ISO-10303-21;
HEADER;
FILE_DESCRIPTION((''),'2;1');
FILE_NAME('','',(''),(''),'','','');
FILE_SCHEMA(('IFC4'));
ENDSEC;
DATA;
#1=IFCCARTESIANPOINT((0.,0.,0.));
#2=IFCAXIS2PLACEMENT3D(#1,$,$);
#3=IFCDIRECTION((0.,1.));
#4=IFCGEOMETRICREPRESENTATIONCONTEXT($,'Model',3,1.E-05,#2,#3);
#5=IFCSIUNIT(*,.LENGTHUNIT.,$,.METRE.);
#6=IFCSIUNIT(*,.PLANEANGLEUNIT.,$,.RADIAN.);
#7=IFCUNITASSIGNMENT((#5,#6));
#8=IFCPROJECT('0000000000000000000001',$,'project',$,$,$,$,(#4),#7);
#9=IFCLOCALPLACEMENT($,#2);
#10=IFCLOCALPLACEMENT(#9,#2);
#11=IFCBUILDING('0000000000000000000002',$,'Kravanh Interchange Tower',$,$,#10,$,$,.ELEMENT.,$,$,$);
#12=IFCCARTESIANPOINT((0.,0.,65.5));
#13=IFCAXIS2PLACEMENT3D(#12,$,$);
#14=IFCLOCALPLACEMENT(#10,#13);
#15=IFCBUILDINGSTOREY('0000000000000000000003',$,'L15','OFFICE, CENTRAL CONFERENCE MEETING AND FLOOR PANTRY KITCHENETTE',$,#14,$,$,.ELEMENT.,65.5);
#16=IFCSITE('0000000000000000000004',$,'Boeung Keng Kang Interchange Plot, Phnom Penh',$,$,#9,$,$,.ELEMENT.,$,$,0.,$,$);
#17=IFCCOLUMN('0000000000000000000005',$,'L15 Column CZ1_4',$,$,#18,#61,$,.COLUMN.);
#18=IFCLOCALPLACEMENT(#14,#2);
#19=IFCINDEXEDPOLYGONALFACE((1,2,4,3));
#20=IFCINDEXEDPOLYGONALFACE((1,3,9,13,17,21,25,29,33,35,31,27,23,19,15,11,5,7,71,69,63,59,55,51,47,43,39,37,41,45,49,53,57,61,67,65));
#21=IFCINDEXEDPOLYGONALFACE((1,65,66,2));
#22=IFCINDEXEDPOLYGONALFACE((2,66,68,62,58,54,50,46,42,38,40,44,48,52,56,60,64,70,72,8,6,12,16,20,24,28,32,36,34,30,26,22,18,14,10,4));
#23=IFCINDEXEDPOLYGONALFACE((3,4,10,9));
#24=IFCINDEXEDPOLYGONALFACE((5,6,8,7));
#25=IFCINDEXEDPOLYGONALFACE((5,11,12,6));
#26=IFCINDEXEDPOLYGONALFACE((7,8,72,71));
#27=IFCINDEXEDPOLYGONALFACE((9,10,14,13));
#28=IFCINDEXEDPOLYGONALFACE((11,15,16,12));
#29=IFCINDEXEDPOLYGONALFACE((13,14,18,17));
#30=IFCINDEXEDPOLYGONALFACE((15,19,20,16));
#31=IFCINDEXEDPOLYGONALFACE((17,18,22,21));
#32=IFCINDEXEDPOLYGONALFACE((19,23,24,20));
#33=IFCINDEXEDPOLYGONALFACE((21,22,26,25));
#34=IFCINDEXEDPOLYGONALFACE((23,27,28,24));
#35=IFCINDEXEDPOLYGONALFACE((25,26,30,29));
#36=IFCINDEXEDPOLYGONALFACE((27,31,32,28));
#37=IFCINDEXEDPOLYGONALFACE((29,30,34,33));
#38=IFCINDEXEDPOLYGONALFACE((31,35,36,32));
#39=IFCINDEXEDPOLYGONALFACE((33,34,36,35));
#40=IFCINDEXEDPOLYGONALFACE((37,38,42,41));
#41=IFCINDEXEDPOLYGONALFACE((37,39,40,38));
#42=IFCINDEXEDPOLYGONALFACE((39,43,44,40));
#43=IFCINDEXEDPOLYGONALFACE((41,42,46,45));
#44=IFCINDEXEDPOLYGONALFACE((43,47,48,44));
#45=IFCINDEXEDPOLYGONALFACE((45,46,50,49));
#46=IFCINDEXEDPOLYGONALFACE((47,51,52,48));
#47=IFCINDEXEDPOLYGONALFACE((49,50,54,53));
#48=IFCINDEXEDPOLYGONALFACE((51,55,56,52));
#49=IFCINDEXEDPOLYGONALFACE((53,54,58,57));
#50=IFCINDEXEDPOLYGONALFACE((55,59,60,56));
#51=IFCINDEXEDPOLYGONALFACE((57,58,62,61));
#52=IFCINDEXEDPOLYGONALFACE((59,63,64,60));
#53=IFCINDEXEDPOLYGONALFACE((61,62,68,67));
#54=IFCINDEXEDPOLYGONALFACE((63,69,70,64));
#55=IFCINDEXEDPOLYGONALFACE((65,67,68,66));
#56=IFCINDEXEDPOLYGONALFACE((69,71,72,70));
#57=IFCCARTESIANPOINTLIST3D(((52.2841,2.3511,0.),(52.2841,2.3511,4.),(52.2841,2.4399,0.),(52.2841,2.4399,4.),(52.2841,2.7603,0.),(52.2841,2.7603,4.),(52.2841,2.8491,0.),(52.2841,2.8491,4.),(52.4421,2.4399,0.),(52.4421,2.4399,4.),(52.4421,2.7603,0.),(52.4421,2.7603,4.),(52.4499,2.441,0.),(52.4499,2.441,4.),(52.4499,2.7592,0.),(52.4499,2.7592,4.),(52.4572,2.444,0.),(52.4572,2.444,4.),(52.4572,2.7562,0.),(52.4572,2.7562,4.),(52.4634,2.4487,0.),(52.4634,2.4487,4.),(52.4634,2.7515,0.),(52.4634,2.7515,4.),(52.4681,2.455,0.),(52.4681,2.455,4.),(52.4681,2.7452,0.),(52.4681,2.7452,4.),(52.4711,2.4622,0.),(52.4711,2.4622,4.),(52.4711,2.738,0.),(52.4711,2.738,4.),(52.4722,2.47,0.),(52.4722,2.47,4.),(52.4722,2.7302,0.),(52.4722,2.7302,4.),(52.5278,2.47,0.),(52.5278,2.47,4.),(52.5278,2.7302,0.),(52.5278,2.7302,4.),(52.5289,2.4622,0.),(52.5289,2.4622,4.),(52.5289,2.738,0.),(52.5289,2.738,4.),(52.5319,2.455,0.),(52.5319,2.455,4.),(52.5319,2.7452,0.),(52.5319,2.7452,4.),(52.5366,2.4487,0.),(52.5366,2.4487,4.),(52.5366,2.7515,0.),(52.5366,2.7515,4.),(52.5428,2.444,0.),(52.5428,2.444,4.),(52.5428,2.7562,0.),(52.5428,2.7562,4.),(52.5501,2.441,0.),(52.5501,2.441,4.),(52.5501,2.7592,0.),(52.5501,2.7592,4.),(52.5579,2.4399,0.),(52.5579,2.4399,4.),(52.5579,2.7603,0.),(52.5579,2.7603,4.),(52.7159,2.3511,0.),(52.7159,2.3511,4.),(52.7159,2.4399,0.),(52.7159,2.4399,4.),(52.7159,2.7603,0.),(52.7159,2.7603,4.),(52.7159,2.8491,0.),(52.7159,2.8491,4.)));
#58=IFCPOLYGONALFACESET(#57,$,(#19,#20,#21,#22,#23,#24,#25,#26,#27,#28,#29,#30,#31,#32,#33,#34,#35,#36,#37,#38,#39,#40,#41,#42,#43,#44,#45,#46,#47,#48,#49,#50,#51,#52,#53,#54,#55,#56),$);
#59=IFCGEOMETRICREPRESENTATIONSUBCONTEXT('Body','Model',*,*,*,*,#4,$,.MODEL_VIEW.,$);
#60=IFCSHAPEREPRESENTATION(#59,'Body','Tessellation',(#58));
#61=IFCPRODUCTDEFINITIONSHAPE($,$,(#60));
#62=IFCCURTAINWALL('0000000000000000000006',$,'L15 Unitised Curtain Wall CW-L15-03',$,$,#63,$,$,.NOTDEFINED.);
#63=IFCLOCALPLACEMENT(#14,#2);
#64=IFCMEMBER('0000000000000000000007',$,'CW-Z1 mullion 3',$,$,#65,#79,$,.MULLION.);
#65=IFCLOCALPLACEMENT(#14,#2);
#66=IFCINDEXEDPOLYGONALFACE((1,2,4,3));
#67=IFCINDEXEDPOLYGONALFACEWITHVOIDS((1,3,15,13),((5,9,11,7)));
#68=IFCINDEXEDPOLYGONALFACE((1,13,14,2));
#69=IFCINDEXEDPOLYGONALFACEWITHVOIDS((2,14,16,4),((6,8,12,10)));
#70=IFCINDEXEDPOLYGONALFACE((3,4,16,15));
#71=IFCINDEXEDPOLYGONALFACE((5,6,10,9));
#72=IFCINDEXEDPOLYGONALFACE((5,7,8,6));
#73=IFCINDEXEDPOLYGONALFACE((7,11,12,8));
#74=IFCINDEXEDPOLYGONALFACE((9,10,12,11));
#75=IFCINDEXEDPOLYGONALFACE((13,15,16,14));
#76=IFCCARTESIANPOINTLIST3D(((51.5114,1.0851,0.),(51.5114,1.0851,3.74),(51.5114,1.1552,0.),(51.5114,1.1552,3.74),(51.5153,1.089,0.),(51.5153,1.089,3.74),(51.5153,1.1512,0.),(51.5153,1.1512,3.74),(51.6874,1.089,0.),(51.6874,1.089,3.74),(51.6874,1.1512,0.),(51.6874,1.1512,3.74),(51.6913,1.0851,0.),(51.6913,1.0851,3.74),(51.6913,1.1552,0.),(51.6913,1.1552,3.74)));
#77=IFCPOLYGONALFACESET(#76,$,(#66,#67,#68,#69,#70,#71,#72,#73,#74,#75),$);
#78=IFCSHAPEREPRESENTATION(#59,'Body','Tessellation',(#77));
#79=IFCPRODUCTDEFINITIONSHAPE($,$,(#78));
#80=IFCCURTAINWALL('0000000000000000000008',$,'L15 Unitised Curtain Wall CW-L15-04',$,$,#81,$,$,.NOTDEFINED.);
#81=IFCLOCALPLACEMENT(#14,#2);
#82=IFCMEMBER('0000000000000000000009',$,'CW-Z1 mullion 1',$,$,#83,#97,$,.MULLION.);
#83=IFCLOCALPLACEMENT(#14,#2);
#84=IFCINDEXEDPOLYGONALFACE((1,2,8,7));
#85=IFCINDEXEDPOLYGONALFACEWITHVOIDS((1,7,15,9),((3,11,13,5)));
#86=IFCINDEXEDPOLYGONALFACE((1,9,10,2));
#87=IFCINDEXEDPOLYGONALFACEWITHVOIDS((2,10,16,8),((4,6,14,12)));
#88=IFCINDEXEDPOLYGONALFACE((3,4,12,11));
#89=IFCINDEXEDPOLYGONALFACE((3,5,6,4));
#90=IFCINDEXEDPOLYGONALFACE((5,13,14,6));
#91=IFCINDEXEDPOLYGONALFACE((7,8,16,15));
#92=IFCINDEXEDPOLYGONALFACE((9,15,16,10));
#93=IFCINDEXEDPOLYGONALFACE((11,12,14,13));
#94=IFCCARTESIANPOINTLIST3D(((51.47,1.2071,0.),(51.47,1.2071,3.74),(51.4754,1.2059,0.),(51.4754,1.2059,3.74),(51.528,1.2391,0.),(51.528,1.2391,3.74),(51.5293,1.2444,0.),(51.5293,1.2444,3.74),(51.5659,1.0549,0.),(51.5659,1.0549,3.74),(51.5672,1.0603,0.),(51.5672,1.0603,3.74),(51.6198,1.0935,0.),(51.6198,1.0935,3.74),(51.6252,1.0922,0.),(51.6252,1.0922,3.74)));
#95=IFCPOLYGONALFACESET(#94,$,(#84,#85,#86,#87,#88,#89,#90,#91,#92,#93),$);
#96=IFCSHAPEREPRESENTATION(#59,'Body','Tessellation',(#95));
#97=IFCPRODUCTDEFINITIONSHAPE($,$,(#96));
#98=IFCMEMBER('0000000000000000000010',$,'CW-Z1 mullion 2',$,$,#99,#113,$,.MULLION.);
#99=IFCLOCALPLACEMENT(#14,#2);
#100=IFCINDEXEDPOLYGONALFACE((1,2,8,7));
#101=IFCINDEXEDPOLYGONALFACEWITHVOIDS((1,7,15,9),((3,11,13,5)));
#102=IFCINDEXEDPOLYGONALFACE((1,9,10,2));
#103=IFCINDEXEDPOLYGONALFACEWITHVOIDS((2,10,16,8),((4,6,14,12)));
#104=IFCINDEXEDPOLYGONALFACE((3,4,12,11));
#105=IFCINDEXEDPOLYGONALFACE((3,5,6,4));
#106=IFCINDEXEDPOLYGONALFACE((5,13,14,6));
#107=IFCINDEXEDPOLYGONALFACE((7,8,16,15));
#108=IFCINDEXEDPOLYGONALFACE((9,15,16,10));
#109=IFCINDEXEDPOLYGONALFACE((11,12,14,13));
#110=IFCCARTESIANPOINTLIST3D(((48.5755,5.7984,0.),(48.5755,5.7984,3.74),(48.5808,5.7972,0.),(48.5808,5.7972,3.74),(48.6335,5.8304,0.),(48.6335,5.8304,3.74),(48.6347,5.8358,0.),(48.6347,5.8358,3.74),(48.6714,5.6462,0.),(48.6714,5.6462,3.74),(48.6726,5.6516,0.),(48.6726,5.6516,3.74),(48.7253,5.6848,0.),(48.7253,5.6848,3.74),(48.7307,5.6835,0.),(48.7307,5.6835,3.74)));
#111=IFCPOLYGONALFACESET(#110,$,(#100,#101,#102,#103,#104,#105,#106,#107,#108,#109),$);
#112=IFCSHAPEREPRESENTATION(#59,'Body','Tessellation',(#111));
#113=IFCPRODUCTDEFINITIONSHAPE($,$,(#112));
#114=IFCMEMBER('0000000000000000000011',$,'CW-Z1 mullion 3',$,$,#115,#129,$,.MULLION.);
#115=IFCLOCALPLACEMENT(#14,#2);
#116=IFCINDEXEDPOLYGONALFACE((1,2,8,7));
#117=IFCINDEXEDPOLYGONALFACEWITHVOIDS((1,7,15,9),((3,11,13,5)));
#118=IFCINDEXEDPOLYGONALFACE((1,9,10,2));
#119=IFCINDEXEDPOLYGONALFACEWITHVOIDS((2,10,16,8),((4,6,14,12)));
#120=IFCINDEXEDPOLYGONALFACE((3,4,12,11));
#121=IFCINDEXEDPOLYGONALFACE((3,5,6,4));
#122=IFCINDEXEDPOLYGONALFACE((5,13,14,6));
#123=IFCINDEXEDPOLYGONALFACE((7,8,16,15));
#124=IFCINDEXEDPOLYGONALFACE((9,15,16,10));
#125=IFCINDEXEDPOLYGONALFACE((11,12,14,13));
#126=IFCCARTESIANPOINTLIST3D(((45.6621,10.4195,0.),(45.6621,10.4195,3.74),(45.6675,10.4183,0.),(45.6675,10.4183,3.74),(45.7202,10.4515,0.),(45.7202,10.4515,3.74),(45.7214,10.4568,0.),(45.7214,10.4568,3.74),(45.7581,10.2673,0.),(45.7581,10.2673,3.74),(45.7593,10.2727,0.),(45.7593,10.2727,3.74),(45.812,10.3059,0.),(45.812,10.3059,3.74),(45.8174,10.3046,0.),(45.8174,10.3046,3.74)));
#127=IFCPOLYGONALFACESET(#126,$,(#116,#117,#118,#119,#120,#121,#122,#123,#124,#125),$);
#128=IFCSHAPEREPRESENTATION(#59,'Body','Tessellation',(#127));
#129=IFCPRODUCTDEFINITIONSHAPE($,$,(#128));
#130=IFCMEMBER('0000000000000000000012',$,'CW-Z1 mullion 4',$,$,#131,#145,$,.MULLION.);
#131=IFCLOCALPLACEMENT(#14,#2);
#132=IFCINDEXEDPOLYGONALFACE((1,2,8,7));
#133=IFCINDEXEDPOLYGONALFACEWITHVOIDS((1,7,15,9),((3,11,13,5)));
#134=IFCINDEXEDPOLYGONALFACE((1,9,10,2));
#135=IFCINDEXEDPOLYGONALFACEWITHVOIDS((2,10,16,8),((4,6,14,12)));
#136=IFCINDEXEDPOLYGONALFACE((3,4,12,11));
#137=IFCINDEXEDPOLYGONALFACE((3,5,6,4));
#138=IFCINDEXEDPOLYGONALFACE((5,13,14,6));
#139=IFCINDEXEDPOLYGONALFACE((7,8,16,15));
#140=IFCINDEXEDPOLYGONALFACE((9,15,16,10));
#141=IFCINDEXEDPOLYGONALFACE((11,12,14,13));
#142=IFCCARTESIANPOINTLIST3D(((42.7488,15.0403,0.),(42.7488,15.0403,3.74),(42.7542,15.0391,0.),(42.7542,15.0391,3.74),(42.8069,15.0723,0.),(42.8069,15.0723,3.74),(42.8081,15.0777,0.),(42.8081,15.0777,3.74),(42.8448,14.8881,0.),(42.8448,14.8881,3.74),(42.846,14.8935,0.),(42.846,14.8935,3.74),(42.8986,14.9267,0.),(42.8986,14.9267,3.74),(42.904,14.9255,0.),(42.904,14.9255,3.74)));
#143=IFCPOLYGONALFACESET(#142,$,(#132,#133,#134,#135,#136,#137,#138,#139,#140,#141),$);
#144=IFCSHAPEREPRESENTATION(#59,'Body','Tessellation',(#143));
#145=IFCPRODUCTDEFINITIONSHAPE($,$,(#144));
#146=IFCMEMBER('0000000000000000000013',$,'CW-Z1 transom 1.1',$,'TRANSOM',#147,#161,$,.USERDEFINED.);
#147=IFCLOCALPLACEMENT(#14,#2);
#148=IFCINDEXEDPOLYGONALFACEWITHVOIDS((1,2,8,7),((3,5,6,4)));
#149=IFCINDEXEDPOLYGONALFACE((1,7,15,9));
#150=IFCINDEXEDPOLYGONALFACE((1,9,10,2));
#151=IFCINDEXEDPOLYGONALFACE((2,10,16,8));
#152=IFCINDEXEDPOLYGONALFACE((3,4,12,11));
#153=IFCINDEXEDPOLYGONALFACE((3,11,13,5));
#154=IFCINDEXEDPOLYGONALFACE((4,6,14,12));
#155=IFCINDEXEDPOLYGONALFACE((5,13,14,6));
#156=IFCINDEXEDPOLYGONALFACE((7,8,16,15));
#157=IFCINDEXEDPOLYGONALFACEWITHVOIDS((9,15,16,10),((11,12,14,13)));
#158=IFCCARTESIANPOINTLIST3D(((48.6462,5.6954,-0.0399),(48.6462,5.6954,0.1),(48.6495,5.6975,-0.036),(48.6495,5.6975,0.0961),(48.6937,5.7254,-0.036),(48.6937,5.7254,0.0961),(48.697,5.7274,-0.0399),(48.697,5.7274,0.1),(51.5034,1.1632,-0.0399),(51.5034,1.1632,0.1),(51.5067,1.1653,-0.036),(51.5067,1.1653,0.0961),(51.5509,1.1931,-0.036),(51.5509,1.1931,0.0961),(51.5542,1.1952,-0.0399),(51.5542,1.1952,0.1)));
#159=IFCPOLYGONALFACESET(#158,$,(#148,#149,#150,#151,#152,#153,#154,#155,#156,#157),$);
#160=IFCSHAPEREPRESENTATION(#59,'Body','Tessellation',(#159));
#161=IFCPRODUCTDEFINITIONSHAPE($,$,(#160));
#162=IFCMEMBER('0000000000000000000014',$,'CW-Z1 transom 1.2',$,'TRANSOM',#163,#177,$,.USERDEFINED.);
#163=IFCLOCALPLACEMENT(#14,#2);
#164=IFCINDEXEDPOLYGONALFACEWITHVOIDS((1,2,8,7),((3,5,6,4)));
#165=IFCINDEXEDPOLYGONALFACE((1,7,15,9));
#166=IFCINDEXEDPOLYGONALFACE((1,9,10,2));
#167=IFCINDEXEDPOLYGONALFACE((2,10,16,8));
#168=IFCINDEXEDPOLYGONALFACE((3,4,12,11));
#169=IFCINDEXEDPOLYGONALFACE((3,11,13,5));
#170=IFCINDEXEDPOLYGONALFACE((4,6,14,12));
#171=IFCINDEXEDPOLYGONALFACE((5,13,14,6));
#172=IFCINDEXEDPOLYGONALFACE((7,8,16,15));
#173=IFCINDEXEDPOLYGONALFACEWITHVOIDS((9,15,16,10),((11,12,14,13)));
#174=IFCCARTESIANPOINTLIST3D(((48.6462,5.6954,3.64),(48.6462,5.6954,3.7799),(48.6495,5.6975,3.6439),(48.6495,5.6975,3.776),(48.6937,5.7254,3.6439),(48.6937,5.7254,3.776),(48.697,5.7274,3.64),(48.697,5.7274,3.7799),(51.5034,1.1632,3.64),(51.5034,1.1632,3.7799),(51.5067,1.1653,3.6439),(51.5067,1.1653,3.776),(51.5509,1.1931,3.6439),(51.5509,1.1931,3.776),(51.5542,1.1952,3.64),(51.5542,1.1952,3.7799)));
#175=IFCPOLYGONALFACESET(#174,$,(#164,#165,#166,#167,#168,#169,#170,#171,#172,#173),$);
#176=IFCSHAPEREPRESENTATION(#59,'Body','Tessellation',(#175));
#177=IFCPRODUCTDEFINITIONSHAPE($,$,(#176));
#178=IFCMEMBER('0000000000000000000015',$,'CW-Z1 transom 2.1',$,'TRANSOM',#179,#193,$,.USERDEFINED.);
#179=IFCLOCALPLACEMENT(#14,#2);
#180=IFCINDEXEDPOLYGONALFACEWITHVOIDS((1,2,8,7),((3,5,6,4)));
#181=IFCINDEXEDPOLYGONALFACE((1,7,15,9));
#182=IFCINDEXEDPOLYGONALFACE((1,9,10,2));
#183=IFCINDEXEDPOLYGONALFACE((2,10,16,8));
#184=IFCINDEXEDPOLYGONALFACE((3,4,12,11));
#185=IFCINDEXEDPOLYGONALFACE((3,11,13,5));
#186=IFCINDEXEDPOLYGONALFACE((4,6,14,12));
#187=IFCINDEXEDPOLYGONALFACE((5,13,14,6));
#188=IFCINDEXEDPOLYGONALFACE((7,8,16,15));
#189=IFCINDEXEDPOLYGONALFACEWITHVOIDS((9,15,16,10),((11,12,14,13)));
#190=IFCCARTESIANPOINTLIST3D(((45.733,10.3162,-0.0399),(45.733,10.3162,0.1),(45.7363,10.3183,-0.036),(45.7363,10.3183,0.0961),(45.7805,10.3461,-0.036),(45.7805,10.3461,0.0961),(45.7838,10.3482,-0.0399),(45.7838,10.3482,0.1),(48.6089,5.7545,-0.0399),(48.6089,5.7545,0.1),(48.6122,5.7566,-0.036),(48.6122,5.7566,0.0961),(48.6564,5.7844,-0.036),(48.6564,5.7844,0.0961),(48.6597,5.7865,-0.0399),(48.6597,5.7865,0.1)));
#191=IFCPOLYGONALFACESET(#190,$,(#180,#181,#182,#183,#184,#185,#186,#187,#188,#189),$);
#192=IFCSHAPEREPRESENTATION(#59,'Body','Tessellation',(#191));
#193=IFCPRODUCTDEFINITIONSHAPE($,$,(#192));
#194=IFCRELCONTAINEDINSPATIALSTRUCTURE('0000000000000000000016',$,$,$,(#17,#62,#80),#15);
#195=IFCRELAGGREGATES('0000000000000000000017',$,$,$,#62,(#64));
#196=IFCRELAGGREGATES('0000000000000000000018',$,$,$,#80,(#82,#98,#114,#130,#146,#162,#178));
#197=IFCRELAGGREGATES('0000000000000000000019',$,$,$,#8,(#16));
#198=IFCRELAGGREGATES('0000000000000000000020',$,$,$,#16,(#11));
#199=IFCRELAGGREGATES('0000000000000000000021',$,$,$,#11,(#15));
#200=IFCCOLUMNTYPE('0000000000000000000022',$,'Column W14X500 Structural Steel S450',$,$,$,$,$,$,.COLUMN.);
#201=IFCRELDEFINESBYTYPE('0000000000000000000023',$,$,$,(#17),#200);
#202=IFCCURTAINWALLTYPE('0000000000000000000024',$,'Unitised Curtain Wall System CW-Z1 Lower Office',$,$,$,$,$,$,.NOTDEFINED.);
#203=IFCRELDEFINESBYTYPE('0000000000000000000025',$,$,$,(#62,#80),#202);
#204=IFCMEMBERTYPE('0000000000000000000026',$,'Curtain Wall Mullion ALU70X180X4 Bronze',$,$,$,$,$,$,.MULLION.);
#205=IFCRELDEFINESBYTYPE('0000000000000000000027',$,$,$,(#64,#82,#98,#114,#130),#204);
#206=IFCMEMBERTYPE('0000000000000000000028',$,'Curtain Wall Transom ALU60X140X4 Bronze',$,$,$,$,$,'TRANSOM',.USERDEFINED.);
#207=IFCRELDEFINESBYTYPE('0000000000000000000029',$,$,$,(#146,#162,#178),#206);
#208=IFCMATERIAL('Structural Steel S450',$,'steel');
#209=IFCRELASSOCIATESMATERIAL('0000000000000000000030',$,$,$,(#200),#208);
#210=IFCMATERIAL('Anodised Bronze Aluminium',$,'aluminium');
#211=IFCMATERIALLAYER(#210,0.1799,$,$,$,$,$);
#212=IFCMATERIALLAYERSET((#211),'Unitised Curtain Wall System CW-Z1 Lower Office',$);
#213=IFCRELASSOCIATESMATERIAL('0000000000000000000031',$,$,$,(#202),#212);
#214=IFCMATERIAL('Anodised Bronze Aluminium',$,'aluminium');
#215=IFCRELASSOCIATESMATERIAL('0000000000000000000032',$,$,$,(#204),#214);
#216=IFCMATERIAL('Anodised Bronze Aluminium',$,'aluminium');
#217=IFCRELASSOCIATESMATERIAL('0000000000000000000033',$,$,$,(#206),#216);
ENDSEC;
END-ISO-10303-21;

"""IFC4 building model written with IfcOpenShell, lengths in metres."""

from ifc_helpers import new_model, si_unit, direction, frame, origin, origin_2d, place, context, subcontext, project, spatial, hollow_rectangle, i_section, extrude, material, layer, layer_set, material_profile, profile_set, type_object, element, aggregate, save


model = new_model("IFC4")

# Units and contexts
model_context = context("Model", 3, precision=1e-05, world=origin(), true_north=direction((0.0, 1.0)))
body_context = subcontext(model_context, "Body", "Model", "MODEL_VIEW")
ifc_project = project(units=[si_unit("LENGTHUNIT", "METRE"), si_unit("PLANEANGLEUNIT", "RADIAN")], contexts=[model_context])

# Site, building, storey
site_placement = place(None, origin())
site = spatial("IfcSite", under=ifc_project, at=site_placement, Name="Boeung Keng Kang Interchange Plot, Phnom Penh", CompositionType="ELEMENT", RefElevation=0.0)
building_placement = place(site_placement, origin())
building = spatial("IfcBuilding", under=site, at=building_placement, Name="Kravanh Interchange Tower", CompositionType="ELEMENT")
storey_placement = place(building_placement, frame((0.0, 0.0, 65.5)))
storey = spatial("IfcBuildingStorey", under=building, at=storey_placement, Name="L15", Description="OFFICE, CENTRAL CONFERENCE MEETING AND FLOOR PANTRY KITCHENETTE", CompositionType="ELEMENT", Elevation=65.5)

# Column
ifc_material_1 = material(Name="Structural Steel S450", Category="steel")
ifc_material_profile_1 = material_profile(ifc_material_1, i_section(OverallWidth=0.4319, OverallDepth=0.498, WebThickness=0.0557, FlangeThickness=0.0889, FilletRadius=0.03, at=origin_2d()), Name="W14X500")
ifc_profile_set_1 = profile_set([ifc_material_profile_1], Name="Structural Steel S450")
column_type = type_object("IfcColumnType", Name="Column W14X500 Structural Steel S450", PredefinedType="COLUMN", material=ifc_profile_set_1)
column_placement = place(storey_placement, frame((52.5, 2.6001, 0.0), z_axis=(0.0, 0.0, 1.0), x_axis=(1.0, 0.0, 0.0)))
element("IfcColumn", 1, at=column_placement, inside=storey, type_object=column_type, Name="L15 Column CZ1_4", PredefinedType="COLUMN", context=body_context, shape_type="SweptSolid", body=[
    extrude(i_section(OverallWidth=0.4319, OverallDepth=0.498, WebThickness=0.0557, FlangeThickness=0.0889, FilletRadius=0.03, at=origin_2d()), origin(), (0.0, 0.0, 1.0), 4.0),
])

# Curtain wall, member
ifc_material_2 = material(Name="Anodised Bronze Aluminium", Category="aluminium")
ifc_layer_1 = layer(ifc_material_2, 0.1799)
ifc_layer_set_1 = layer_set([ifc_layer_1], Name="Unitised Curtain Wall System CW-Z1 Lower Office")
curtain_wall_type = type_object("IfcCurtainWallType", Name="Unitised Curtain Wall System CW-Z1 Lower Office", PredefinedType="NOTDEFINED", material=ifc_layer_set_1)
curtain_wall_1_placement = place(storey_placement, origin())
curtain_wall_1 = element("IfcCurtainWall", 2, at=curtain_wall_1_placement, inside=storey, type_object=curtain_wall_type, Name="L15 Unitised Curtain Wall CW-L15-03", PredefinedType="NOTDEFINED")
ifc_material_3 = material(Name="Anodised Bronze Aluminium", Category="aluminium")
ifc_material_profile_2 = material_profile(ifc_material_3, hollow_rectangle(XDim=0.0701, YDim=0.1799, WallThickness=0.0039, at=origin_2d()), Name="ALU70X180X4")
ifc_profile_set_2 = profile_set([ifc_material_profile_2], Name="Anodised Bronze Aluminium")
member_type_1 = type_object("IfcMemberType", Name="Curtain Wall Mullion ALU70X180X4 Bronze", PredefinedType="MULLION", material=ifc_profile_set_2)
member_1_placement = place(storey_placement, frame((51.6013, 1.1201, 0.0), z_axis=(0.0, 0.0, 1.0), x_axis=(0.0, -1.0, 0.0)))
member_1 = element("IfcMember", 3, at=member_1_placement, type_object=member_type_1, Name="CW-Z1 mullion 3", PredefinedType="MULLION", context=body_context, shape_type="SweptSolid", body=[
    extrude(hollow_rectangle(XDim=0.0701, YDim=0.1799, WallThickness=0.0039, at=origin_2d()), origin(), (0.0, 0.0, 1.0), 3.74),
])

# Curtain wall, members
curtain_wall_2_placement = place(storey_placement, origin())
curtain_wall_2 = element("IfcCurtainWall", 4, at=curtain_wall_2_placement, inside=storey, type_object=curtain_wall_type, Name="L15 Unitised Curtain Wall CW-L15-04", PredefinedType="NOTDEFINED")
member_2_placement = place(storey_placement, frame((51.5476, 1.1497, 0.0), z_axis=(0.0, 0.0, 1.0), x_axis=(-0.845926, -0.533301, 0.0)))
member_2 = element("IfcMember", 5, at=member_2_placement, type_object=member_type_1, Name="CW-Z1 mullion 1", PredefinedType="MULLION", context=body_context, shape_type="SweptSolid", body=[
    extrude(hollow_rectangle(XDim=0.0701, YDim=0.1799, WallThickness=0.0039, at=origin_2d()), origin(), (0.0, 0.0, 1.0), 3.74),
])
member_3_placement = place(storey_placement, frame((48.6531, 5.741, 0.0), z_axis=(0.0, 0.0, 1.0), x_axis=(-0.845926, -0.533301, 0.0)))
member_3 = element("IfcMember", 6, at=member_3_placement, type_object=member_type_1, Name="CW-Z1 mullion 2", PredefinedType="MULLION", context=body_context, shape_type="SweptSolid", body=[
    extrude(hollow_rectangle(XDim=0.0701, YDim=0.1799, WallThickness=0.0039, at=origin_2d()), origin(), (0.0, 0.0, 1.0), 3.74),
])
member_4_placement = place(storey_placement, frame((45.7397, 10.3621, 0.0), z_axis=(0.0, 0.0, 1.0), x_axis=(-0.845926, -0.533301, 0.0)))
member_4 = element("IfcMember", 7, at=member_4_placement, type_object=member_type_1, Name="CW-Z1 mullion 3", PredefinedType="MULLION", context=body_context, shape_type="SweptSolid", body=[
    extrude(hollow_rectangle(XDim=0.0701, YDim=0.1799, WallThickness=0.0039, at=origin_2d()), origin(), (0.0, 0.0, 1.0), 3.74),
])
member_5_placement = place(storey_placement, frame((42.8264, 14.9829, 0.0), z_axis=(0.0, 0.0, 1.0), x_axis=(-0.845926, -0.533301, 0.0)))
member_5 = element("IfcMember", 8, at=member_5_placement, type_object=member_type_1, Name="CW-Z1 mullion 4", PredefinedType="MULLION", context=body_context, shape_type="SweptSolid", body=[
    extrude(hollow_rectangle(XDim=0.0701, YDim=0.1799, WallThickness=0.0039, at=origin_2d()), origin(), (0.0, 0.0, 1.0), 3.74),
])
ifc_material_4 = material(Name="Anodised Bronze Aluminium", Category="aluminium")
ifc_material_profile_3 = material_profile(ifc_material_4, hollow_rectangle(XDim=0.0601, YDim=0.1399, WallThickness=0.0039, at=origin_2d()), Name="ALU60X140X4")
ifc_profile_set_3 = profile_set([ifc_material_profile_3], Name="Anodised Bronze Aluminium")
member_type_2 = type_object("IfcMemberType", Name="Curtain Wall Transom ALU60X140X4 Bronze", ElementType="TRANSOM", PredefinedType="USERDEFINED", material=ifc_profile_set_3)
member_6_placement = place(storey_placement, frame((51.5288, 1.1792, 0.03), z_axis=(-0.533288, 0.845934, 0.0), x_axis=(-0.845934, -0.533288, 0.0)))
member_6 = element("IfcMember", 9, at=member_6_placement, type_object=member_type_2, Name="CW-Z1 transom 1.1", ObjectType="TRANSOM", PredefinedType="USERDEFINED", context=body_context, shape_type="SweptSolid", body=[
    extrude(hollow_rectangle(XDim=0.0601, YDim=0.1399, WallThickness=0.0039, at=origin_2d()), origin(), (0.0, 0.0, 1.0), 5.3577),
])
member_7_placement = place(storey_placement, frame((51.5288, 1.1792, 3.71), z_axis=(-0.533288, 0.845934, 0.0), x_axis=(-0.845934, -0.533288, 0.0)))
member_7 = element("IfcMember", 10, at=member_7_placement, type_object=member_type_2, Name="CW-Z1 transom 1.2", ObjectType="TRANSOM", PredefinedType="USERDEFINED", context=body_context, shape_type="SweptSolid", body=[
    extrude(hollow_rectangle(XDim=0.0601, YDim=0.1399, WallThickness=0.0039, at=origin_2d()), origin(), (0.0, 0.0, 1.0), 5.3577),
])
member_8_placement = place(storey_placement, frame((48.6343, 5.7705, 0.03), z_axis=(-0.533311, 0.845919, 0.0), x_axis=(-0.845919, -0.533311, 0.0)))
member_8 = element("IfcMember", 11, at=member_8_placement, type_object=member_type_2, Name="CW-Z1 transom 2.1", ObjectType="TRANSOM", PredefinedType="USERDEFINED", context=body_context, shape_type="SweptSolid", body=[
    extrude(hollow_rectangle(XDim=0.0601, YDim=0.1399, WallThickness=0.0039, at=origin_2d()), origin(), (0.0, 0.0, 1.0), 5.3926),
])

aggregate(curtain_wall_1, [member_1])
aggregate(curtain_wall_2, [member_2, member_3, member_4, member_5, member_6, member_7, member_8])

save(model, "model.ifc")
